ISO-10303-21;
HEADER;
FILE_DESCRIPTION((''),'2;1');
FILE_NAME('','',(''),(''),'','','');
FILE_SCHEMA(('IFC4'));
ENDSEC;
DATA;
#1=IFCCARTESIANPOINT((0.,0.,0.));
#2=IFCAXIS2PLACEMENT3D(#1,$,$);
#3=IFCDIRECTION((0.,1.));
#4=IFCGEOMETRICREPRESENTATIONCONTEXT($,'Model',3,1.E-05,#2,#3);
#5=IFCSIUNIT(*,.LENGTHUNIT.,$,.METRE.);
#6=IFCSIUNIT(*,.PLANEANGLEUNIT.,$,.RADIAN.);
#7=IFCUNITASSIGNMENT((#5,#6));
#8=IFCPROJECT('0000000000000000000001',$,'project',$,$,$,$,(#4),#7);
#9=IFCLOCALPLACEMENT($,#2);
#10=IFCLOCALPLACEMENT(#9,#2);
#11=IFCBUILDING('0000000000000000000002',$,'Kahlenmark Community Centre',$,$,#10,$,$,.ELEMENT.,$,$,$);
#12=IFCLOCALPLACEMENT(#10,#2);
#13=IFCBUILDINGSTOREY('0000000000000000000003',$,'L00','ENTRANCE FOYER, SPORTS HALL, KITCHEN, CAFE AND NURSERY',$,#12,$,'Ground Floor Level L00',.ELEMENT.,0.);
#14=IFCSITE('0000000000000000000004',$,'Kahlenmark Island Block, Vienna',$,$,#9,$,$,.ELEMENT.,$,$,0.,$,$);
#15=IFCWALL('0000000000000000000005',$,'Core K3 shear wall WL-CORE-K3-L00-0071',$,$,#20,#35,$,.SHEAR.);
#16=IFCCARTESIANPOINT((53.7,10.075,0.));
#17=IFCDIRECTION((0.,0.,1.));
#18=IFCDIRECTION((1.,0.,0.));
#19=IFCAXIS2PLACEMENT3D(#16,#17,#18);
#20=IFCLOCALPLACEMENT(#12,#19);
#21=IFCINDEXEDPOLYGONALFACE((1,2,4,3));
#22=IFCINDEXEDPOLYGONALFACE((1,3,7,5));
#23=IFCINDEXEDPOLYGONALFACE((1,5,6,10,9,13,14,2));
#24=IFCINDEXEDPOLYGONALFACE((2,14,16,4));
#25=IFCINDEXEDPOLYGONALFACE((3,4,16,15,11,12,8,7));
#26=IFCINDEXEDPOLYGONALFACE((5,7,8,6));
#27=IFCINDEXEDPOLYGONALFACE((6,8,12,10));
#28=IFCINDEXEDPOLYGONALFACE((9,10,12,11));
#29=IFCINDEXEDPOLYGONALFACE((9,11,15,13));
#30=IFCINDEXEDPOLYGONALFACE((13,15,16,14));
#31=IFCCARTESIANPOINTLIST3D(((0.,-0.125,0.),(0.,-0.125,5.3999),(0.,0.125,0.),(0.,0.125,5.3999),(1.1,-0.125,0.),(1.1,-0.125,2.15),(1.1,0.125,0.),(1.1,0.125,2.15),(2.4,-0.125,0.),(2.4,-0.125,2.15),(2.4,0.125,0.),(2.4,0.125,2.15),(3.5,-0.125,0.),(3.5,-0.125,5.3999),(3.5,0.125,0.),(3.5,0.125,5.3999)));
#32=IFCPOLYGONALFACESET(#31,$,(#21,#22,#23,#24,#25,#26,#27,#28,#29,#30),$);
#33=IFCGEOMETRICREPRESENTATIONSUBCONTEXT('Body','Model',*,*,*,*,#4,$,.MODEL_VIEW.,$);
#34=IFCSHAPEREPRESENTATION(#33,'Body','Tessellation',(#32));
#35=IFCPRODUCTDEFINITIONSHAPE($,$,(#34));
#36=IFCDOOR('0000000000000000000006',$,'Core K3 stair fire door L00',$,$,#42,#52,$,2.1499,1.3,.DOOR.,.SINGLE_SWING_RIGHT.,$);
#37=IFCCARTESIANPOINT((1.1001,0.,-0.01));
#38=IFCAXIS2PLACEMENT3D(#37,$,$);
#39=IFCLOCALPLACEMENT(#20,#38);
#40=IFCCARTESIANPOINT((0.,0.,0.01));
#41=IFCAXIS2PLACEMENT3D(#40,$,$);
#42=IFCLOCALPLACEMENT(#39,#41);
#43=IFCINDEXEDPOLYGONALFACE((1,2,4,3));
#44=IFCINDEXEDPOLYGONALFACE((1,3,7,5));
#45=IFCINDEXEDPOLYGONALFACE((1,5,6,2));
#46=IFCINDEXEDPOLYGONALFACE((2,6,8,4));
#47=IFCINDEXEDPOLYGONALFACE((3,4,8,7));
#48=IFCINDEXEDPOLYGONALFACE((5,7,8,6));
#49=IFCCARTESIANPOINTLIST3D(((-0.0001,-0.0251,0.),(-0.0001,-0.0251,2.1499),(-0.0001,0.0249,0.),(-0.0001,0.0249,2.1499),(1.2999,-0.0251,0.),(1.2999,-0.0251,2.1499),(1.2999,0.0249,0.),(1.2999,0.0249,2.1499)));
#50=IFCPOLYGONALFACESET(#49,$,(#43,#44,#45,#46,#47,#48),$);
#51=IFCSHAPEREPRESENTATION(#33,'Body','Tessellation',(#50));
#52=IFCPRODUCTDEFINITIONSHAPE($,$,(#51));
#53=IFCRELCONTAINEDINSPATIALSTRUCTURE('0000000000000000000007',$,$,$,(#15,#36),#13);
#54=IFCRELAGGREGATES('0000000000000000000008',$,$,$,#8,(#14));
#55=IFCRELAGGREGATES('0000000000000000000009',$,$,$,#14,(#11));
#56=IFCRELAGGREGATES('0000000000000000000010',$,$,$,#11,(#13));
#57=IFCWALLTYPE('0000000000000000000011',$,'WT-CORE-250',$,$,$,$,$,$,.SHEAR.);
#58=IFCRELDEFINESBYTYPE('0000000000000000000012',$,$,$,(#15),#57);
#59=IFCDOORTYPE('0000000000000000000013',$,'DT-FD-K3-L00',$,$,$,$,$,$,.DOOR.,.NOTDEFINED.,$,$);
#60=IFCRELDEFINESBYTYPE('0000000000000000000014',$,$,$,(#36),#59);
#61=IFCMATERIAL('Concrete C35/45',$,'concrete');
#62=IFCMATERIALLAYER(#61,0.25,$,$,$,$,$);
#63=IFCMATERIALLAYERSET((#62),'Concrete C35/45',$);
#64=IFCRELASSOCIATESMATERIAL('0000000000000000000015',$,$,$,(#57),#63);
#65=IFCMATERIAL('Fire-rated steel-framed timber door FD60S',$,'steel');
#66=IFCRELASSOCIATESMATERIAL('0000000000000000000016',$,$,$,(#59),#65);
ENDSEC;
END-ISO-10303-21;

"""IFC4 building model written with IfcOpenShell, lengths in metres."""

from ifc_helpers import new_model, si_unit, direction, frame, frame_2d, origin, place, context, subcontext, project, spatial, rectangle, extrude, material, layer, layer_set, type_object, element, fill, save


model = new_model("IFC4")

# Units and contexts
model_context = context("Model", 3, precision=1e-05, world=origin(), true_north=direction((0.0, 1.0)))
body_context = subcontext(model_context, "Body", "Model", "MODEL_VIEW")
ifc_project = project(units=[si_unit("LENGTHUNIT", "METRE"), si_unit("PLANEANGLEUNIT", "RADIAN")], contexts=[model_context])

# Site, building, storey
site_placement = place(None, origin())
site = spatial("IfcSite", under=ifc_project, at=site_placement, Name="Kahlenmark Island Block, Vienna", CompositionType="ELEMENT", RefElevation=0.0)
building_placement = place(site_placement, origin())
building = spatial("IfcBuilding", under=site, at=building_placement, Name="Kahlenmark Community Centre", CompositionType="ELEMENT")
storey_placement = place(building_placement, origin())
storey = spatial("IfcBuildingStorey", under=building, at=storey_placement, Name="L00", Description="ENTRANCE FOYER, SPORTS HALL, KITCHEN, CAFE AND NURSERY", LongName="Ground Floor Level L00", CompositionType="ELEMENT", Elevation=0.0)

# Shared definitions
ifc_material_1 = material(Name="Concrete C35/45", Category="concrete")

# Wall, opening, door
ifc_layer_1 = layer(ifc_material_1, 0.25)
ifc_layer_set_1 = layer_set([ifc_layer_1], Name="Concrete C35/45")
wall_type_1 = type_object("IfcWallType", Name="WT-CORE-250", PredefinedType="SHEAR", material=ifc_layer_set_1)
wall_1_placement = place(storey_placement, frame((53.7, 10.075, 0.0), z_axis=(0.0, 0.0, 1.0), x_axis=(1.0, 0.0, 0.0)))
wall_1 = element("IfcWall", 1, at=wall_1_placement, inside=storey, type_object=wall_type_1, Name="Core K3 shear wall WL-CORE-K3-L00-0071", PredefinedType="SHEAR", context=body_context, shape_type="SweptSolid", body=[
    extrude(rectangle(XDim=3.5, YDim=0.25, at=frame_2d((1.75, 0.0))), origin(), (0.0, 0.0, 1.0), 5.3999),
])
opening_1_placement = place(wall_1_placement, frame((1.1001, 0.0, -0.01)))
opening_1 = element("IfcOpeningElement", 2, at=opening_1_placement, cuts=wall_1, PredefinedType="OPENING", context=body_context, shape_type="SweptSolid", body=[
    extrude(rectangle(XDim=1.3, YDim=2.1599, at=frame_2d((0.6499, 1.0801))), frame((0.0, 0.135, 0.0), z_axis=(0.0, -1.0, 0.0), x_axis=(1.0, 0.0, 0.0)), (0.0, 0.0, 1.0), 0.27),
])
ifc_material_2 = material(Name="Fire-rated steel-framed timber door FD60S", Category="steel")
door_type = type_object("IfcDoorType", Name="DT-FD-K3-L00", OperationType="NOTDEFINED", PredefinedType="DOOR", material=ifc_material_2)
door_placement = place(opening_1_placement, frame((0.0, 0.0, 0.01)))
door = element("IfcDoor", 3, at=door_placement, inside=storey, type_object=door_type, Name="Core K3 stair fire door L00", OperationType="SINGLE_SWING_RIGHT", OverallHeight=2.1499, OverallWidth=1.3, PredefinedType="DOOR", context=body_context, shape_type="SweptSolid", body=[
    extrude(rectangle(XDim=1.3, YDim=2.1499, at=frame_2d((0.6499, 1.075))), frame((0.0, 0.0249, 0.0), z_axis=(0.0, -1.0, 0.0), x_axis=(1.0, 0.0, 0.0)), (0.0, 0.0, 1.0), 0.05),
])
fill(opening_1, door)

save(model, "model.ifc")
